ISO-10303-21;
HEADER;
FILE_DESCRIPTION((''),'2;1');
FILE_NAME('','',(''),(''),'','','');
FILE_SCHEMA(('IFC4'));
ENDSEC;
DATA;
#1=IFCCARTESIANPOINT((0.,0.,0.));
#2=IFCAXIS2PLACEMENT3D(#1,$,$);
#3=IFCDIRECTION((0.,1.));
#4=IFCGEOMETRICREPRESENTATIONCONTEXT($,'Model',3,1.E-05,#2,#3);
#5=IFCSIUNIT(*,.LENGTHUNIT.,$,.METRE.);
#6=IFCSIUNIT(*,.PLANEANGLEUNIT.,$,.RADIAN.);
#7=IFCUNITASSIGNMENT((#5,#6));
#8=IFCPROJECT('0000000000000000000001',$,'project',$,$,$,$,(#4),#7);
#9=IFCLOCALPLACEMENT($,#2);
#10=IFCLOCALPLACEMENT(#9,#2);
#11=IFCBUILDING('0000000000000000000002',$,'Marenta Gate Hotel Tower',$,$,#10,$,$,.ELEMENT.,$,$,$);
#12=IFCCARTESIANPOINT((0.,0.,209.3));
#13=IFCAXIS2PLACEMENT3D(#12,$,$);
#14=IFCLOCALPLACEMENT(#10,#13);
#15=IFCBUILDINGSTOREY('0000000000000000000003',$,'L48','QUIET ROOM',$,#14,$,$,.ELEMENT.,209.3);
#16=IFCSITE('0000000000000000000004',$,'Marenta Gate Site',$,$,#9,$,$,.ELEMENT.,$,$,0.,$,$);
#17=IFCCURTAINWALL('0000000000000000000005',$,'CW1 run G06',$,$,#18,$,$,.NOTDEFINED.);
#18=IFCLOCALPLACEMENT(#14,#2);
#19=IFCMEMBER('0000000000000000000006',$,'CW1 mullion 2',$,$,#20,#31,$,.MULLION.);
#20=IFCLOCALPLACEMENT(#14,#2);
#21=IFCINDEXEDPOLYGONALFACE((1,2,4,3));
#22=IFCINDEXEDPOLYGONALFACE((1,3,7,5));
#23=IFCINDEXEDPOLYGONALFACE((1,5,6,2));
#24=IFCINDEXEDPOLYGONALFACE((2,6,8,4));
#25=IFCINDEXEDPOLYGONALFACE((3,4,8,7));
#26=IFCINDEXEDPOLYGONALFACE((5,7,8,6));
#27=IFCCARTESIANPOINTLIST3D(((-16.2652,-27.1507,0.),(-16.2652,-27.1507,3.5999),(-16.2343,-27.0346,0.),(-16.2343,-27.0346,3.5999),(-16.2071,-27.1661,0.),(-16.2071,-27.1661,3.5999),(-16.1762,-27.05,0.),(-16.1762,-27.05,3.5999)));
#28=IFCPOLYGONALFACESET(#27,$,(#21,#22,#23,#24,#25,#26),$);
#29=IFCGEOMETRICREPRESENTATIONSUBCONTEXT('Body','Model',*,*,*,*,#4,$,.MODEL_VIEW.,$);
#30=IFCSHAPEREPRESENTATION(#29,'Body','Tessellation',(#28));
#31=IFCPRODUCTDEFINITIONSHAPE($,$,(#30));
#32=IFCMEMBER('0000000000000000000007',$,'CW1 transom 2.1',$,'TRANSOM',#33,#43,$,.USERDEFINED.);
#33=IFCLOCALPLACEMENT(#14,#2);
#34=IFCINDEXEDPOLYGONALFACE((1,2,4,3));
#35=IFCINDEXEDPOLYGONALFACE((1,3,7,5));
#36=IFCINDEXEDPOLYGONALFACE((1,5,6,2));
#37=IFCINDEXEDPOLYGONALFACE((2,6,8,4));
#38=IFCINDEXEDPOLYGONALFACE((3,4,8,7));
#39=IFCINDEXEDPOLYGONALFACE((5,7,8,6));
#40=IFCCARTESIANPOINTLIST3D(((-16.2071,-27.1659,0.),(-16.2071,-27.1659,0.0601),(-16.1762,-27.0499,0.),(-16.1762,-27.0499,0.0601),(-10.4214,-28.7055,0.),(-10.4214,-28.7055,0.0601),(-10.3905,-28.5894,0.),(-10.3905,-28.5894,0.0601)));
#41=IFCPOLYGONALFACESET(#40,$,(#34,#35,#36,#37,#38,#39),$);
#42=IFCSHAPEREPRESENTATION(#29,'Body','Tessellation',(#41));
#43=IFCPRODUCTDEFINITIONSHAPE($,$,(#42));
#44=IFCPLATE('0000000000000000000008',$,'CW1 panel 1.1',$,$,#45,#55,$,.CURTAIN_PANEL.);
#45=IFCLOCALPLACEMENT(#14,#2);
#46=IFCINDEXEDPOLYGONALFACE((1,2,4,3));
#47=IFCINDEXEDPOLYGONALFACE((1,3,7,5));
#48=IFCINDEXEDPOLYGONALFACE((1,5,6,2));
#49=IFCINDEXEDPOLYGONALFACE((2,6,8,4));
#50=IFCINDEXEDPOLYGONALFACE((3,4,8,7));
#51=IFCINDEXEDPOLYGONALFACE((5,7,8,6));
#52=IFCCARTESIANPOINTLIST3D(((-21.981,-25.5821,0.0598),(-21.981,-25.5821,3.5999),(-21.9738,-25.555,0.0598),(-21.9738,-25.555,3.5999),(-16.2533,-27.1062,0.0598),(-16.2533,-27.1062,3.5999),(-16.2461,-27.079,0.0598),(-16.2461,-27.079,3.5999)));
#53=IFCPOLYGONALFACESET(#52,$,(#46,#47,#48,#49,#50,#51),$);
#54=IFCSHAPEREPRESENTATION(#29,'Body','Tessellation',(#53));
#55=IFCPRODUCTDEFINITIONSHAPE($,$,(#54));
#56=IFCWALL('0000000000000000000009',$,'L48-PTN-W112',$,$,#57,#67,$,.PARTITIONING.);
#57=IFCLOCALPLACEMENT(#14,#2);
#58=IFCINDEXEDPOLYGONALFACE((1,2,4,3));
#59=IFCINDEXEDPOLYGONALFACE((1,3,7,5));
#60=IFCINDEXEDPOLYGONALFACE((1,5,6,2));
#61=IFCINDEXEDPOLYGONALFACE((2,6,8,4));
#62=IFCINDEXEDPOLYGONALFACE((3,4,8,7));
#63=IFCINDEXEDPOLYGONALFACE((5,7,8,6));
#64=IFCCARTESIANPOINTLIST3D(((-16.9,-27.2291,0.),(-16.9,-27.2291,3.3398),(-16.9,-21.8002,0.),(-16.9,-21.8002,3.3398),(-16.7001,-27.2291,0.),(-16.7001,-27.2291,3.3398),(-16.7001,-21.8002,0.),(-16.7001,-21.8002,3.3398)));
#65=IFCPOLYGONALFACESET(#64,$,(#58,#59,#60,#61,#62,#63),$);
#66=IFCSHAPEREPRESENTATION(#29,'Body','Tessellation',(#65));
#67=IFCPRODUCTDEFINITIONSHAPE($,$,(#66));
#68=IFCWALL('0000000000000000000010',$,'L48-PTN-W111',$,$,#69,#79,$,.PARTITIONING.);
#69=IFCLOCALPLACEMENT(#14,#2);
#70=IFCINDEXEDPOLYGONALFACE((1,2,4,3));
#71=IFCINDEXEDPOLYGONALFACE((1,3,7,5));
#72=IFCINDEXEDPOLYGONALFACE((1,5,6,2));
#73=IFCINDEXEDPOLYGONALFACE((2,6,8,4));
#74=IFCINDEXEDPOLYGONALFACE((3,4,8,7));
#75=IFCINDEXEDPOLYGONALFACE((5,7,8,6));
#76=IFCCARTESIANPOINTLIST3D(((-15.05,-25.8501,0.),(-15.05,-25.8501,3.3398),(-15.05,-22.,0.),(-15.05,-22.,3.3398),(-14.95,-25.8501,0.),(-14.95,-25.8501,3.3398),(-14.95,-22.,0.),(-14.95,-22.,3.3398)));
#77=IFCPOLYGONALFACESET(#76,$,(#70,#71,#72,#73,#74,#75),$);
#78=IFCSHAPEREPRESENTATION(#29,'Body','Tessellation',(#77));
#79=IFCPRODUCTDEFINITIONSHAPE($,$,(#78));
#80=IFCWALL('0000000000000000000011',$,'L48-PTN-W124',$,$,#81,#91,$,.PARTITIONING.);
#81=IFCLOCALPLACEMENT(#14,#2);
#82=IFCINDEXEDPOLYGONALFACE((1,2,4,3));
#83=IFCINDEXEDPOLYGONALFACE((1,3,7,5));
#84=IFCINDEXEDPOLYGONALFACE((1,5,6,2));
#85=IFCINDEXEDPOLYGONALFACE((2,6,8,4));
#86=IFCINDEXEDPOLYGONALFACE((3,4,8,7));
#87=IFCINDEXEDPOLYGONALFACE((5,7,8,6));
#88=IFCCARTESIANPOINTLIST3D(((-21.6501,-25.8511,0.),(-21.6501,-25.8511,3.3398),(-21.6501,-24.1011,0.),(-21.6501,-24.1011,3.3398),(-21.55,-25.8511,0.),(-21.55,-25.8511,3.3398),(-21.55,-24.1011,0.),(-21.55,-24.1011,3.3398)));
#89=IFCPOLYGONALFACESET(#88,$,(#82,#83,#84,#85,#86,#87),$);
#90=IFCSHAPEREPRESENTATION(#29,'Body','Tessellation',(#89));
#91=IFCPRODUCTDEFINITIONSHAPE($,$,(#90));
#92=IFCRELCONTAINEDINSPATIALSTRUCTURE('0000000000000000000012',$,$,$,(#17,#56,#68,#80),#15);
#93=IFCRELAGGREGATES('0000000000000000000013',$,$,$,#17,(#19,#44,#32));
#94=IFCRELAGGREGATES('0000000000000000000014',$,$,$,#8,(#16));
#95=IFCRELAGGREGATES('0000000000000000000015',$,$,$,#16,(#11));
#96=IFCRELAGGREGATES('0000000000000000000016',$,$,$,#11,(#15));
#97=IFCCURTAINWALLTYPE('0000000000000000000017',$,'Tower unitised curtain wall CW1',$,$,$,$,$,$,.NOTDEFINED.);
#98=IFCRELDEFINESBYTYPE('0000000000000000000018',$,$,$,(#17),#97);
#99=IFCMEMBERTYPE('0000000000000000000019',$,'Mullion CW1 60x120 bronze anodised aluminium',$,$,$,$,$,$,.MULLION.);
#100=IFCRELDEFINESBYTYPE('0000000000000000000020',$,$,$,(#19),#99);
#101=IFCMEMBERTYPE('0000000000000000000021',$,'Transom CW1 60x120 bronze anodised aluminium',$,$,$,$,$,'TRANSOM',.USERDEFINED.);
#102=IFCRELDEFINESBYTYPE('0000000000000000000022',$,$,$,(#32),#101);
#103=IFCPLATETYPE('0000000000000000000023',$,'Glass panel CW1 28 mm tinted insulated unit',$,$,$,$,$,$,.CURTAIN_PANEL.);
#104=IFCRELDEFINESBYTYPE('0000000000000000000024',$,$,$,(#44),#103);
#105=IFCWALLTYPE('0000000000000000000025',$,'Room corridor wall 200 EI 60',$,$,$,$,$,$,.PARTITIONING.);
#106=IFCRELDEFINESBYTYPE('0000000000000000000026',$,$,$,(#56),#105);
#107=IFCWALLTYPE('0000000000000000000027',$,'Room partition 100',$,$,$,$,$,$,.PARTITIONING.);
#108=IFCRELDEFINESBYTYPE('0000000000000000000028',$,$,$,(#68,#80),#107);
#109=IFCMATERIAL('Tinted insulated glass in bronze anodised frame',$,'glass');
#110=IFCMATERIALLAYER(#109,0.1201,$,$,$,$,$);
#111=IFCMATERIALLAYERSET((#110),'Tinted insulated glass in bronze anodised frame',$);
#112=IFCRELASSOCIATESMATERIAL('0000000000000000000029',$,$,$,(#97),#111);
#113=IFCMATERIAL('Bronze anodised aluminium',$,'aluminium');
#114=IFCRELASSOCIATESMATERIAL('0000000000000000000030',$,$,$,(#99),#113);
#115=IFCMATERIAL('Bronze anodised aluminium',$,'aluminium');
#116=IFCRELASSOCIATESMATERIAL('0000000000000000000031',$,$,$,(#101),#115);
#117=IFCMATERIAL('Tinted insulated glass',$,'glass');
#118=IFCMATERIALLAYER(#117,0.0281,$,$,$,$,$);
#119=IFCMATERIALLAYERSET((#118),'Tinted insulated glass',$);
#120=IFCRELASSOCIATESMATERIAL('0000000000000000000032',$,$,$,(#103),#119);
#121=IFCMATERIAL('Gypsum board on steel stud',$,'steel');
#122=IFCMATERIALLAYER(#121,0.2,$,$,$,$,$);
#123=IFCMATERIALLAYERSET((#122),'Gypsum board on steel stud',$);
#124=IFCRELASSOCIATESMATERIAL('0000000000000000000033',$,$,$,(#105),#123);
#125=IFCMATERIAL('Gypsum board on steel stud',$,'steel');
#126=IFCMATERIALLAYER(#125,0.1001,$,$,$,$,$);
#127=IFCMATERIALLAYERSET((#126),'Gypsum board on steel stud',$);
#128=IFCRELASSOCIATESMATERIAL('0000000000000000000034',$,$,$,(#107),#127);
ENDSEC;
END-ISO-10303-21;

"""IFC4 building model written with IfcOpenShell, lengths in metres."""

from ifc_helpers import new_model, si_unit, direction, frame, frame_2d, origin, origin_2d, place, context, subcontext, project, spatial, rectangle, extrude, material, layer, layer_set, material_profile, profile_set, type_object, element, aggregate, save


model = new_model("IFC4")

# Units and contexts
model_context = context("Model", 3, precision=1e-05, world=origin(), true_north=direction((0.0, 1.0)))
body_context = subcontext(model_context, "Body", "Model", "MODEL_VIEW")
ifc_project = project(units=[si_unit("LENGTHUNIT", "METRE"), si_unit("PLANEANGLEUNIT", "RADIAN")], contexts=[model_context])

# Site, building, storey
site_placement = place(None, origin())
site = spatial("IfcSite", under=ifc_project, at=site_placement, Name="Marenta Gate Site", CompositionType="ELEMENT", RefElevation=0.0)
building_placement = place(site_placement, origin())
building = spatial("IfcBuilding", under=site, at=building_placement, Name="Marenta Gate Hotel Tower", CompositionType="ELEMENT")
storey_placement = place(building_placement, frame((0.0, 0.0, 209.3)))
storey = spatial("IfcBuildingStorey", under=building, at=storey_placement, Name="L48", Description="QUIET ROOM", CompositionType="ELEMENT", Elevation=209.3)

# Curtain wall, members, plate
ifc_material_1 = material(Name="Tinted insulated glass in bronze anodised frame", Category="glass")
ifc_layer_1 = layer(ifc_material_1, 0.1201)
ifc_layer_set_1 = layer_set([ifc_layer_1], Name="Tinted insulated glass in bronze anodised frame")
curtain_wall_type = type_object("IfcCurtainWallType", Name="Tower unitised curtain wall CW1", PredefinedType="NOTDEFINED", material=ifc_layer_set_1)
curtain_wall_placement = place(storey_placement, origin())
curtain_wall = element("IfcCurtainWall", 1, at=curtain_wall_placement, inside=storey, type_object=curtain_wall_type, Name="CW1 run G06", PredefinedType="NOTDEFINED")
ifc_material_2 = material(Name="Bronze anodised aluminium", Category="aluminium")
ifc_material_profile_1 = material_profile(ifc_material_2, rectangle(XDim=0.1201, YDim=0.0601, at=origin_2d()), Name="Mullion CW1 60x120 bronze anodised aluminium")
ifc_profile_set_1 = profile_set([ifc_material_profile_1], Name="Bronze anodised aluminium")
member_type_1 = type_object("IfcMemberType", Name="Mullion CW1 60x120 bronze anodised aluminium", PredefinedType="MULLION", material=ifc_profile_set_1)
member_1_placement = place(storey_placement, frame((-16.2207, -27.1003, 0.0), z_axis=(0.0, 0.0, 1.0), x_axis=(0.257139, 0.966374, 0.0)))
member_1 = element("IfcMember", 2, at=member_1_placement, type_object=member_type_1, Name="CW1 mullion 2", PredefinedType="MULLION", context=body_context, shape_type="SweptSolid", body=[
    extrude(rectangle(XDim=0.1201, YDim=0.0601, at=origin_2d()), origin(), (0.0, 0.0, 1.0), 3.5999),
])
ifc_material_3 = material(Name="Bronze anodised aluminium", Category="aluminium")
ifc_material_profile_2 = material_profile(ifc_material_3, rectangle(XDim=0.1201, YDim=0.0601, at=origin_2d()), Name="Transom CW1 60x120 bronze anodised aluminium")
ifc_profile_set_2 = profile_set([ifc_material_profile_2], Name="Bronze anodised aluminium")
member_type_2 = type_object("IfcMemberType", Name="Transom CW1 60x120 bronze anodised aluminium", ElementType="TRANSOM", PredefinedType="USERDEFINED", material=ifc_profile_set_2)
member_2_placement = place(storey_placement, frame((-16.1917, -27.1079, 0.03), z_axis=(0.966372, -0.25715, 0.0), x_axis=(0.25715, 0.966372, 0.0)))
member_2 = element("IfcMember", 3, at=member_2_placement, type_object=member_type_2, Name="CW1 transom 2.1", ObjectType="TRANSOM", PredefinedType="USERDEFINED", context=body_context, shape_type="SweptSolid", body=[
    extrude(rectangle(XDim=0.1201, YDim=0.0601, at=origin_2d()), origin(), (0.0, 0.0, 1.0), 5.9871),
])
ifc_material_4 = material(Name="Tinted insulated glass", Category="glass")
ifc_layer_2 = layer(ifc_material_4, 0.0281)
ifc_layer_set_2 = layer_set([ifc_layer_2], Name="Tinted insulated glass")
plate_type = type_object("IfcPlateType", Name="Glass panel CW1 28 mm tinted insulated unit", PredefinedType="CURTAIN_PANEL", material=ifc_layer_set_2)
plate_placement = place(storey_placement, frame((-19.1135, -26.3306, 0.0598), z_axis=(0.0, 0.0, 1.0), x_axis=(0.966374, -0.257139, 0.0)))
plate = element("IfcPlate", 4, at=plate_placement, type_object=plate_type, Name="CW1 panel 1.1", PredefinedType="CURTAIN_PANEL", context=body_context, shape_type="SweptSolid", body=[
    extrude(rectangle(XDim=5.927, YDim=0.0281, at=origin_2d()), origin(), (0.0, 0.0, 1.0), 3.54),
])
aggregate(curtain_wall, [member_1, plate, member_2])

# Wall
ifc_material_5 = material(Name="Gypsum board on steel stud", Category="steel")
ifc_layer_3 = layer(ifc_material_5, 0.2)
ifc_layer_set_3 = layer_set([ifc_layer_3], Name="Gypsum board on steel stud")
wall_type_1 = type_object("IfcWallType", Name="Room corridor wall 200 EI 60", PredefinedType="PARTITIONING", material=ifc_layer_set_3)
wall_1_placement = place(storey_placement, frame((-16.8, -27.229, 0.0), z_axis=(0.0, 0.0, 1.0), x_axis=(0.0, 1.0, 0.0)))
element("IfcWall", 5, at=wall_1_placement, inside=storey, type_object=wall_type_1, Name="L48-PTN-W112", PredefinedType="PARTITIONING", context=body_context, shape_type="SweptSolid", body=[
    extrude(rectangle(XDim=5.429, YDim=0.2, at=frame_2d((2.7144, 0.0))), origin(), (0.0, 0.0, 1.0), 3.3398),
])

# Walls
ifc_material_6 = material(Name="Gypsum board on steel stud", Category="steel")
ifc_layer_4 = layer(ifc_material_6, 0.1001)
ifc_layer_set_4 = layer_set([ifc_layer_4], Name="Gypsum board on steel stud")
wall_type_2 = type_object("IfcWallType", Name="Room partition 100", PredefinedType="PARTITIONING", material=ifc_layer_set_4)
wall_2_placement = place(storey_placement, frame((-15.0, -25.8501, 0.0), z_axis=(0.0, 0.0, 1.0), x_axis=(0.0, 1.0, 0.0)))
element("IfcWall", 6, at=wall_2_placement, inside=storey, type_object=wall_type_2, Name="L48-PTN-W111", PredefinedType="PARTITIONING", context=body_context, shape_type="SweptSolid", body=[
    extrude(rectangle(XDim=3.8501, YDim=0.1001, at=frame_2d((1.925, 0.0))), origin(), (0.0, 0.0, 1.0), 3.3398),
])
wall_3_placement = place(storey_placement, frame((-21.6001, -25.8511, 0.0), z_axis=(0.0, 0.0, 1.0), x_axis=(0.0, 1.0, 0.0)))
element("IfcWall", 7, at=wall_3_placement, inside=storey, type_object=wall_type_2, Name="L48-PTN-W124", PredefinedType="PARTITIONING", context=body_context, shape_type="SweptSolid", body=[
    extrude(rectangle(XDim=1.75, YDim=0.1001, at=frame_2d((0.875, 0.0))), origin(), (0.0, 0.0, 1.0), 3.3398),
])

save(model, "model.ifc")
